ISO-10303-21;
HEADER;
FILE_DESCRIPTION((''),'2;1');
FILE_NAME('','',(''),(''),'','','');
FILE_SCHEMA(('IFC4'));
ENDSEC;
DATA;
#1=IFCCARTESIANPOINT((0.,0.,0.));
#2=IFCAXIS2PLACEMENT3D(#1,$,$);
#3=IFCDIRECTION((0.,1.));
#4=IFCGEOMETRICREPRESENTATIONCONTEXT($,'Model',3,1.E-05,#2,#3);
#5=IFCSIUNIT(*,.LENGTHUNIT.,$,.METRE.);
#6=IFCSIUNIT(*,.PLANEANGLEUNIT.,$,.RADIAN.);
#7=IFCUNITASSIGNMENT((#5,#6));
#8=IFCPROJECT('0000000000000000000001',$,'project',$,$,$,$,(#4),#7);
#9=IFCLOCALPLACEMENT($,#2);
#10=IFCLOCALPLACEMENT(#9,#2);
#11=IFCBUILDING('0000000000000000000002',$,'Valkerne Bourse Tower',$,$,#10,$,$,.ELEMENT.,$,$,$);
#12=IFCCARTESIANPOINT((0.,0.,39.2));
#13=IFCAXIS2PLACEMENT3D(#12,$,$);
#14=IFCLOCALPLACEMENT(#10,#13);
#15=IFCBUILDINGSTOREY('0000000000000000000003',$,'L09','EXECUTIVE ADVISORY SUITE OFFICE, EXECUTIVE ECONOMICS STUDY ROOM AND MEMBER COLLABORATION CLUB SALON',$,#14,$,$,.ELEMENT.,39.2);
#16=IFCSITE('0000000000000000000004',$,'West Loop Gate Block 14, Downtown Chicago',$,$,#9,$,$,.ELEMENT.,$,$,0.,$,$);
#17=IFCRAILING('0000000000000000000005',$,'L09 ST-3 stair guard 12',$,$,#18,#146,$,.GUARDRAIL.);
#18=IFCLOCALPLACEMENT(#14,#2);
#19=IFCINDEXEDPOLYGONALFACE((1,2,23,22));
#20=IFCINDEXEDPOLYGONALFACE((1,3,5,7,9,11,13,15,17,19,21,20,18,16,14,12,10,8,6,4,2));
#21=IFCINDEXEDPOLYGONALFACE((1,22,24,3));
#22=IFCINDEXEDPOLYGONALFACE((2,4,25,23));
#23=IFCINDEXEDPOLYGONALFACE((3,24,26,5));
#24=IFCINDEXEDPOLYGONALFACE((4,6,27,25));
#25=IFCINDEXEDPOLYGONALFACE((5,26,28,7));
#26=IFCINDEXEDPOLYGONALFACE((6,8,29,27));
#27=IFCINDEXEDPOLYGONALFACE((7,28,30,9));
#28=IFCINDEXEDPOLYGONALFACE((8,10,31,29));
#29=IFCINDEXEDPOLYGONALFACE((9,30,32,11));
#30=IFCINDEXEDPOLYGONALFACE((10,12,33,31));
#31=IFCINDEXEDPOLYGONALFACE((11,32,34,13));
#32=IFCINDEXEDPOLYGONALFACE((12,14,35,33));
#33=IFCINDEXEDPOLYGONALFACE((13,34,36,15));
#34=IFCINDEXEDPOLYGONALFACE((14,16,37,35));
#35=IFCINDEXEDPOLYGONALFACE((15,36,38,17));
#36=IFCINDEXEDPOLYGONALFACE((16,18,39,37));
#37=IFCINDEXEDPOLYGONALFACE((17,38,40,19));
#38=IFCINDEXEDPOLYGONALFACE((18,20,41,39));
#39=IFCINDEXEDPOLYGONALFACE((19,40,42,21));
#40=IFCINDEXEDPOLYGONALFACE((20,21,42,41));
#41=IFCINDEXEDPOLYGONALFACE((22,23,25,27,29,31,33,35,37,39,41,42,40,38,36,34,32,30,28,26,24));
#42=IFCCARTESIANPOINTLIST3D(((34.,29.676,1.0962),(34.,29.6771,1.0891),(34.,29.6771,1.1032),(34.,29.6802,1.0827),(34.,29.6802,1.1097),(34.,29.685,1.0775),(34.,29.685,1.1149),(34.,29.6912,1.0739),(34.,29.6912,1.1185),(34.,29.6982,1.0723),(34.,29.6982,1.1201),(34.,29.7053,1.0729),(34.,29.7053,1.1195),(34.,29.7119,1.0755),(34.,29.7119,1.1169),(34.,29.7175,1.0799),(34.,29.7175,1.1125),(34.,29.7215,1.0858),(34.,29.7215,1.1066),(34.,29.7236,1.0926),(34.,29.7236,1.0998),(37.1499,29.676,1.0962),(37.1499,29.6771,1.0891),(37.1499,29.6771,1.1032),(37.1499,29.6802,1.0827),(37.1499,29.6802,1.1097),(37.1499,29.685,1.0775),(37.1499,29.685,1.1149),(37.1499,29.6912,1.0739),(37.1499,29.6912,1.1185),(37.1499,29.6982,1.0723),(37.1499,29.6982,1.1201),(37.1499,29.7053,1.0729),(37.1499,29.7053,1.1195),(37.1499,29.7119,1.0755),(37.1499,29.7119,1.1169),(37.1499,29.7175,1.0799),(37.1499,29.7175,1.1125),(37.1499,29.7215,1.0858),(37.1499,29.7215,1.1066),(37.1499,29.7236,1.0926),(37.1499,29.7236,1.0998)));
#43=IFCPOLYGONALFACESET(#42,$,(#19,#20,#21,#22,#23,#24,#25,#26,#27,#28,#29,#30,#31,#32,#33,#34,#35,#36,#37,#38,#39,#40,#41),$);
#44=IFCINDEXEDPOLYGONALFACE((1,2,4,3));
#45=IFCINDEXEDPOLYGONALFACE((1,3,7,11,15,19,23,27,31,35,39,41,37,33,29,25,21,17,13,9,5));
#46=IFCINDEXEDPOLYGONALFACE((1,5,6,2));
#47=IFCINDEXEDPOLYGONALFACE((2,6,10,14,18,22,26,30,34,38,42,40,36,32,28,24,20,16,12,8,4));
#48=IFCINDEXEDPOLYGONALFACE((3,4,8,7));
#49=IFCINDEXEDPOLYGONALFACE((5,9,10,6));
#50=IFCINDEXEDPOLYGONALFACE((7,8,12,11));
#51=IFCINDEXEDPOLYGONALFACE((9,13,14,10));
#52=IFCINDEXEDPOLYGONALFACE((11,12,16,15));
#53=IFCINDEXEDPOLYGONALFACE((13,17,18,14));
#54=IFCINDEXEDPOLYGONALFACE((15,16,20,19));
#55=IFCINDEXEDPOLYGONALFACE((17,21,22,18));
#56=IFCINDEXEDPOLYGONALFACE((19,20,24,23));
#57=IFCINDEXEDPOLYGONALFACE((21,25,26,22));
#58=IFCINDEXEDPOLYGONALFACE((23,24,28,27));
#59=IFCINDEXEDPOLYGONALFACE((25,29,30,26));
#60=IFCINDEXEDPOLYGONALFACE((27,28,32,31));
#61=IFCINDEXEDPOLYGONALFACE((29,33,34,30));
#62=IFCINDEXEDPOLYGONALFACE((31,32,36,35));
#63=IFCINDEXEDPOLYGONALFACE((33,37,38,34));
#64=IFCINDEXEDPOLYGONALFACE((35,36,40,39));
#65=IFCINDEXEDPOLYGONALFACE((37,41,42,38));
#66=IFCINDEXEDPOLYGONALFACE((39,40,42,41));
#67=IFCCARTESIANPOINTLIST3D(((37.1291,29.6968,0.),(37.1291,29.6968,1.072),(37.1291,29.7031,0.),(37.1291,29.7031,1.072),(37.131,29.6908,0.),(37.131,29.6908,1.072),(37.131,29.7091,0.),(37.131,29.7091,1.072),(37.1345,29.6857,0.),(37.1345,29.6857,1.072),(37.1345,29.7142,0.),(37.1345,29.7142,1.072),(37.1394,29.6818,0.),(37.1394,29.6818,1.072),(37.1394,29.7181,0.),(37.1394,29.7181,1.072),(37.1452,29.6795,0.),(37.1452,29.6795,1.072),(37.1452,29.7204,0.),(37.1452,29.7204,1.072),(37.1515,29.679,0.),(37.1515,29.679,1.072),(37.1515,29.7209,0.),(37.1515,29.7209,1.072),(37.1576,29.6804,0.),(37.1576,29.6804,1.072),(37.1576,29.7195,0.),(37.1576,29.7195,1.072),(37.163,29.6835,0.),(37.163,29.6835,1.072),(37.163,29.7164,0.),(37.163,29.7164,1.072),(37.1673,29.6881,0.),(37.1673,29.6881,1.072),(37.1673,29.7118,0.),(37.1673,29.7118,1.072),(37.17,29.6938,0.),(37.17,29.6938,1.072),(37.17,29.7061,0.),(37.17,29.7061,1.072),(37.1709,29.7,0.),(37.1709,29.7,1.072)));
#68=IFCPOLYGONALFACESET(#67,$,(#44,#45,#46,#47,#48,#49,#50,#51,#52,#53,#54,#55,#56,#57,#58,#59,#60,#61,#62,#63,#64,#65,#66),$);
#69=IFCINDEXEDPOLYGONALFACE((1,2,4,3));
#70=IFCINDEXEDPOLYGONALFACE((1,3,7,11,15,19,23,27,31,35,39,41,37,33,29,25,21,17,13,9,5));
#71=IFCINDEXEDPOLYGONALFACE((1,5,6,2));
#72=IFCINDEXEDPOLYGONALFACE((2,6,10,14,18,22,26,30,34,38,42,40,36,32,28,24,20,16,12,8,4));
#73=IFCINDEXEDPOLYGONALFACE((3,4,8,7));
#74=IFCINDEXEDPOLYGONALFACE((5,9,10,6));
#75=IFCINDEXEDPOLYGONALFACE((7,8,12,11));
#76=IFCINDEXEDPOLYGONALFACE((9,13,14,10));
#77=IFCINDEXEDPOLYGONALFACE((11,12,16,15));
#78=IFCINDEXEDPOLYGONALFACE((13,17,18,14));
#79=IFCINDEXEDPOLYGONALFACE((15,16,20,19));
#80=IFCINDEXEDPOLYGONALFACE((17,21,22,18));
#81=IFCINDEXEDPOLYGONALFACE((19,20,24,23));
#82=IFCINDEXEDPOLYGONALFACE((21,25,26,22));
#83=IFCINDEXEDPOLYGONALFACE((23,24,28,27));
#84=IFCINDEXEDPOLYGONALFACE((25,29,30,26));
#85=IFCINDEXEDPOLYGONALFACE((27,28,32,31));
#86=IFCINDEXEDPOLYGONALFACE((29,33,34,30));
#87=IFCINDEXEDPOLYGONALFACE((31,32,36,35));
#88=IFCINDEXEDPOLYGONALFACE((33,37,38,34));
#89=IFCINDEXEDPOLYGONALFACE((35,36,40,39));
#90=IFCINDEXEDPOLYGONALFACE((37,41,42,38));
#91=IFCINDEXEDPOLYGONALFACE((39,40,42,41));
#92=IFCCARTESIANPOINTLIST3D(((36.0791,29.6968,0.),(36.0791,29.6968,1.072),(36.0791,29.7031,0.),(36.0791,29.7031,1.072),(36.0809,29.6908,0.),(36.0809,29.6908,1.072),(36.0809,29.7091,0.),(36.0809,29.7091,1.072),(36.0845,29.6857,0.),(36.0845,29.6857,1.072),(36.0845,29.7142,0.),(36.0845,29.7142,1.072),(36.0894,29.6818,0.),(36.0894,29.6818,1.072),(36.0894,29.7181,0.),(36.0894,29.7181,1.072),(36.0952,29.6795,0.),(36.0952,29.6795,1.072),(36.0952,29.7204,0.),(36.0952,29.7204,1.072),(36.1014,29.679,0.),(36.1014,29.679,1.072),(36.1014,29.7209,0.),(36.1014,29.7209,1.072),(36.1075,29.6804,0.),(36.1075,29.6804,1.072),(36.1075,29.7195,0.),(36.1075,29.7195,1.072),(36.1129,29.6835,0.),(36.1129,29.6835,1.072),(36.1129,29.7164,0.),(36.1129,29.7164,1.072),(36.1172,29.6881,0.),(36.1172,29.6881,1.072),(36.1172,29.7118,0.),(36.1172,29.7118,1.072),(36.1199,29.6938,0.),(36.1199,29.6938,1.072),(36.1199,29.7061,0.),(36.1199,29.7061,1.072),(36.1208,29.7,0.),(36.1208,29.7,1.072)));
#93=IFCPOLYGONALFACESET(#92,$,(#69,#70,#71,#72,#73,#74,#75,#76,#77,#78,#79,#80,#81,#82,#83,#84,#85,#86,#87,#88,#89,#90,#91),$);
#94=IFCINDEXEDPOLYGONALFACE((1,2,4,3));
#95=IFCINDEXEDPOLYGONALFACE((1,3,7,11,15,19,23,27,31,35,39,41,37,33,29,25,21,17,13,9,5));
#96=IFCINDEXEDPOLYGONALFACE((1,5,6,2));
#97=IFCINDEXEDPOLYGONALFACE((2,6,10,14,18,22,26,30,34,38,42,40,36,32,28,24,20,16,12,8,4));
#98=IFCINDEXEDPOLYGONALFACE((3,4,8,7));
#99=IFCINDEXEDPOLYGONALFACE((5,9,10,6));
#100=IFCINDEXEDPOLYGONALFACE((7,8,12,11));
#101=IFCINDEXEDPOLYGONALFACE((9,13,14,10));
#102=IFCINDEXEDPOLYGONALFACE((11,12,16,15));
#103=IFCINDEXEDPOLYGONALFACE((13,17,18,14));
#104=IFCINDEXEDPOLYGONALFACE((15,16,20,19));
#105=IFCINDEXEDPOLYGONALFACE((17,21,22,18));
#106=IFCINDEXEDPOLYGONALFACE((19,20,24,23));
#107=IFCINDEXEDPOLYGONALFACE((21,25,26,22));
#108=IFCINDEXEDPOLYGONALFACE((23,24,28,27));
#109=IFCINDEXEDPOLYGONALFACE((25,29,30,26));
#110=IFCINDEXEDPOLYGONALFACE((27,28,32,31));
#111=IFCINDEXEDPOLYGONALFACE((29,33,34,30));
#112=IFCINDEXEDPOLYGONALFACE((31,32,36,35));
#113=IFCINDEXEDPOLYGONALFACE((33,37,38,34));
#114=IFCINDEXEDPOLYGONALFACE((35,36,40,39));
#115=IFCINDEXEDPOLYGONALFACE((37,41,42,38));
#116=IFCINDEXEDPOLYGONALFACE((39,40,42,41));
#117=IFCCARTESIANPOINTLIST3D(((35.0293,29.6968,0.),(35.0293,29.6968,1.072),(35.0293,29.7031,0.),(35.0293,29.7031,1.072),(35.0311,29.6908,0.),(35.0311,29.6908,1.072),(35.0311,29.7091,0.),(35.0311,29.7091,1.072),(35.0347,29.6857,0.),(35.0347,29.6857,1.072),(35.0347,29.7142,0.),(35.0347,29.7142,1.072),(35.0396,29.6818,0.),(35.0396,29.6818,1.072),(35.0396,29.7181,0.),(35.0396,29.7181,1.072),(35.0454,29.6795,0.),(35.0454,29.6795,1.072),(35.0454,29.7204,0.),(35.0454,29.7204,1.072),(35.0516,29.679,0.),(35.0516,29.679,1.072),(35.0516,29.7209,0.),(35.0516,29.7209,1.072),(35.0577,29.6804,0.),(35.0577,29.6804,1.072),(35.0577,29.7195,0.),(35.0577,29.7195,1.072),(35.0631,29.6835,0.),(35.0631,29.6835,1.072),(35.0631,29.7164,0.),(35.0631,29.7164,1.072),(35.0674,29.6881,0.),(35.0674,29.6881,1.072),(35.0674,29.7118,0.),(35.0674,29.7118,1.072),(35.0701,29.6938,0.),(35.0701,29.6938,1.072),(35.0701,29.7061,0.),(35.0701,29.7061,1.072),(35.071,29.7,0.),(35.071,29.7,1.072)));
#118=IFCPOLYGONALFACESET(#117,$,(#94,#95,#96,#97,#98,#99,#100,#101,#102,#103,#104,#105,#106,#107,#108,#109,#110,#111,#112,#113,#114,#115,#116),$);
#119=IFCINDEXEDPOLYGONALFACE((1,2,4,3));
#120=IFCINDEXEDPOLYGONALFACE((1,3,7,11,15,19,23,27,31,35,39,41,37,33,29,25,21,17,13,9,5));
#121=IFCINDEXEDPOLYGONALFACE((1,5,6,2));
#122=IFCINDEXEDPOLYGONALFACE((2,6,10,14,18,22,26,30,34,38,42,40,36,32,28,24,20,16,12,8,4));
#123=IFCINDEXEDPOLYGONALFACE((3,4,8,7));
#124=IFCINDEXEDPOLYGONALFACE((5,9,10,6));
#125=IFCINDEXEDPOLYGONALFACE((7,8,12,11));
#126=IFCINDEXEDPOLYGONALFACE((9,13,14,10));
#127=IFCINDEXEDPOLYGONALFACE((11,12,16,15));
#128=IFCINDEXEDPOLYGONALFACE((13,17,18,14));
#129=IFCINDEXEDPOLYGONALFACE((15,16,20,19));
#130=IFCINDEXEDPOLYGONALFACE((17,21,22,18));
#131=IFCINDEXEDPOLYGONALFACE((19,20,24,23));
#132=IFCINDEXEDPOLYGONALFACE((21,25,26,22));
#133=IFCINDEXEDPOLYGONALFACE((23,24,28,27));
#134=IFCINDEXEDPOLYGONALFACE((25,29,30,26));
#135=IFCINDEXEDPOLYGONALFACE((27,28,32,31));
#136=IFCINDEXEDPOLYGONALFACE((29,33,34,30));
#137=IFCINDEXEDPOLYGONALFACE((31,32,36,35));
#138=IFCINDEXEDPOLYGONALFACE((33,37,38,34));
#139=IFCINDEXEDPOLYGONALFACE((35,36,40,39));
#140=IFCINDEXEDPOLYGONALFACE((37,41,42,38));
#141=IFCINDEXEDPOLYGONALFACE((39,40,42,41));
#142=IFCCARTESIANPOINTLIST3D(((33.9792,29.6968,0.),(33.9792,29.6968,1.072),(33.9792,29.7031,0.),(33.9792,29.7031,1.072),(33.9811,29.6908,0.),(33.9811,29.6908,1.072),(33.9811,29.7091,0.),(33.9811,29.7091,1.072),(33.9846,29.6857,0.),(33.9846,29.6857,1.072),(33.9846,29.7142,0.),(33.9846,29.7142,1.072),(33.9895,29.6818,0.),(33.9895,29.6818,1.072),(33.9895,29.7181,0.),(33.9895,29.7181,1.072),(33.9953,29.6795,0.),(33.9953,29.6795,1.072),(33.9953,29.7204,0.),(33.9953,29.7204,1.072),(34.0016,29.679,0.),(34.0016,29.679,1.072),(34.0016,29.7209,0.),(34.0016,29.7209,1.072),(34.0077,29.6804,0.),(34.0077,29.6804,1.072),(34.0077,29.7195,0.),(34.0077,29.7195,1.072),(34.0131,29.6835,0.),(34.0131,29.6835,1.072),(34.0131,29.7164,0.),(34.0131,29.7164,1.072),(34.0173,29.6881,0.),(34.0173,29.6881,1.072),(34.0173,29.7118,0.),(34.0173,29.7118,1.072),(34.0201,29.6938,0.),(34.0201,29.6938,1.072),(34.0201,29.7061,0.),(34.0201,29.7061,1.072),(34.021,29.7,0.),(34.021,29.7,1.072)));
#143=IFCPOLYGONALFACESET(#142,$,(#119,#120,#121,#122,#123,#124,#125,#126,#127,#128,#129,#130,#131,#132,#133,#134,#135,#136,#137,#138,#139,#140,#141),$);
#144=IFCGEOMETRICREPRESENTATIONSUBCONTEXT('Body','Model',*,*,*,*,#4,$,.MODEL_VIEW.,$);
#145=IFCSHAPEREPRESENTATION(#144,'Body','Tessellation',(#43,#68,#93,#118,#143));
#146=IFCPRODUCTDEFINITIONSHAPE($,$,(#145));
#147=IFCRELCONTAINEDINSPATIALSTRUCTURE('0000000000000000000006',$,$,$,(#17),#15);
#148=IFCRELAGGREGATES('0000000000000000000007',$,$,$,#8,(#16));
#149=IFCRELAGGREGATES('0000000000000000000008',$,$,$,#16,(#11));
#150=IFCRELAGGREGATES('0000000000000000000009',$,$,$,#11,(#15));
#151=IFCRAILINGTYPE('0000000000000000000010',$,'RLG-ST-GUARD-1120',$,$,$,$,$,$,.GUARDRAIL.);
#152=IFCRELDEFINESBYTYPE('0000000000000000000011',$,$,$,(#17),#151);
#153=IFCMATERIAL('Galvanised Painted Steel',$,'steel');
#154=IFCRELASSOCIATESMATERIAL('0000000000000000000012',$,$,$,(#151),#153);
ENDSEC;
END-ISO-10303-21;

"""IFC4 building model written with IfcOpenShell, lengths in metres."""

from ifc_helpers import new_model, si_unit, direction, frame, origin, origin_2d, place, context, subcontext, project, spatial, circle, extrude, material, type_object, element, save


model = new_model("IFC4")

# Units and contexts
model_context = context("Model", 3, precision=1e-05, world=origin(), true_north=direction((0.0, 1.0)))
body_context = subcontext(model_context, "Body", "Model", "MODEL_VIEW")
ifc_project = project(units=[si_unit("LENGTHUNIT", "METRE"), si_unit("PLANEANGLEUNIT", "RADIAN")], contexts=[model_context])

# Site, building, storey
site_placement = place(None, origin())
site = spatial("IfcSite", under=ifc_project, at=site_placement, Name="West Loop Gate Block 14, Downtown Chicago", CompositionType="ELEMENT", RefElevation=0.0)
building_placement = place(site_placement, origin())
building = spatial("IfcBuilding", under=site, at=building_placement, Name="Valkerne Bourse Tower", CompositionType="ELEMENT")
storey_placement = place(building_placement, frame((0.0, 0.0, 39.2)))
storey = spatial("IfcBuildingStorey", under=building, at=storey_placement, Name="L09", Description="EXECUTIVE ADVISORY SUITE OFFICE, EXECUTIVE ECONOMICS STUDY ROOM AND MEMBER COLLABORATION CLUB SALON", CompositionType="ELEMENT", Elevation=39.2)

# Shared definitions
ifc_material_1 = material(Name="Galvanised Painted Steel", Category="steel")

# Railing
railing_type_1 = type_object("IfcRailingType", Name="RLG-ST-GUARD-1120", PredefinedType="GUARDRAIL", material=ifc_material_1)
railing_1_placement = place(storey_placement, frame((37.1499, 29.7, 0.0)))
element("IfcRailing", 1, at=railing_1_placement, inside=storey, type_object=railing_type_1, Name="L09 ST-3 stair guard 12", PredefinedType="GUARDRAIL", context=body_context, shape_type="SweptSolid", body=[
    extrude(circle(Radius=0.0239, at=origin_2d()), frame((0.0, 0.0, 1.0962), z_axis=(-1.0, 0.0, 0.0), x_axis=(0.0, -1.0, 0.0)), (0.0, 0.0, 1.0), 3.1499),
    extrude(circle(Radius=0.021, at=origin_2d()), origin(), (0.0, 0.0, 1.0), 1.072),
    extrude(circle(Radius=0.021, at=origin_2d()), frame((-1.05, 0.0, 0.0)), (0.0, 0.0, 1.0), 1.072),
    extrude(circle(Radius=0.021, at=origin_2d()), frame((-2.0999, 0.0, 0.0)), (0.0, 0.0, 1.0), 1.072),
    extrude(circle(Radius=0.021, at=origin_2d()), frame((-3.1499, 0.0, 0.0)), (0.0, 0.0, 1.0), 1.072),
])

save(model, "model.ifc")
